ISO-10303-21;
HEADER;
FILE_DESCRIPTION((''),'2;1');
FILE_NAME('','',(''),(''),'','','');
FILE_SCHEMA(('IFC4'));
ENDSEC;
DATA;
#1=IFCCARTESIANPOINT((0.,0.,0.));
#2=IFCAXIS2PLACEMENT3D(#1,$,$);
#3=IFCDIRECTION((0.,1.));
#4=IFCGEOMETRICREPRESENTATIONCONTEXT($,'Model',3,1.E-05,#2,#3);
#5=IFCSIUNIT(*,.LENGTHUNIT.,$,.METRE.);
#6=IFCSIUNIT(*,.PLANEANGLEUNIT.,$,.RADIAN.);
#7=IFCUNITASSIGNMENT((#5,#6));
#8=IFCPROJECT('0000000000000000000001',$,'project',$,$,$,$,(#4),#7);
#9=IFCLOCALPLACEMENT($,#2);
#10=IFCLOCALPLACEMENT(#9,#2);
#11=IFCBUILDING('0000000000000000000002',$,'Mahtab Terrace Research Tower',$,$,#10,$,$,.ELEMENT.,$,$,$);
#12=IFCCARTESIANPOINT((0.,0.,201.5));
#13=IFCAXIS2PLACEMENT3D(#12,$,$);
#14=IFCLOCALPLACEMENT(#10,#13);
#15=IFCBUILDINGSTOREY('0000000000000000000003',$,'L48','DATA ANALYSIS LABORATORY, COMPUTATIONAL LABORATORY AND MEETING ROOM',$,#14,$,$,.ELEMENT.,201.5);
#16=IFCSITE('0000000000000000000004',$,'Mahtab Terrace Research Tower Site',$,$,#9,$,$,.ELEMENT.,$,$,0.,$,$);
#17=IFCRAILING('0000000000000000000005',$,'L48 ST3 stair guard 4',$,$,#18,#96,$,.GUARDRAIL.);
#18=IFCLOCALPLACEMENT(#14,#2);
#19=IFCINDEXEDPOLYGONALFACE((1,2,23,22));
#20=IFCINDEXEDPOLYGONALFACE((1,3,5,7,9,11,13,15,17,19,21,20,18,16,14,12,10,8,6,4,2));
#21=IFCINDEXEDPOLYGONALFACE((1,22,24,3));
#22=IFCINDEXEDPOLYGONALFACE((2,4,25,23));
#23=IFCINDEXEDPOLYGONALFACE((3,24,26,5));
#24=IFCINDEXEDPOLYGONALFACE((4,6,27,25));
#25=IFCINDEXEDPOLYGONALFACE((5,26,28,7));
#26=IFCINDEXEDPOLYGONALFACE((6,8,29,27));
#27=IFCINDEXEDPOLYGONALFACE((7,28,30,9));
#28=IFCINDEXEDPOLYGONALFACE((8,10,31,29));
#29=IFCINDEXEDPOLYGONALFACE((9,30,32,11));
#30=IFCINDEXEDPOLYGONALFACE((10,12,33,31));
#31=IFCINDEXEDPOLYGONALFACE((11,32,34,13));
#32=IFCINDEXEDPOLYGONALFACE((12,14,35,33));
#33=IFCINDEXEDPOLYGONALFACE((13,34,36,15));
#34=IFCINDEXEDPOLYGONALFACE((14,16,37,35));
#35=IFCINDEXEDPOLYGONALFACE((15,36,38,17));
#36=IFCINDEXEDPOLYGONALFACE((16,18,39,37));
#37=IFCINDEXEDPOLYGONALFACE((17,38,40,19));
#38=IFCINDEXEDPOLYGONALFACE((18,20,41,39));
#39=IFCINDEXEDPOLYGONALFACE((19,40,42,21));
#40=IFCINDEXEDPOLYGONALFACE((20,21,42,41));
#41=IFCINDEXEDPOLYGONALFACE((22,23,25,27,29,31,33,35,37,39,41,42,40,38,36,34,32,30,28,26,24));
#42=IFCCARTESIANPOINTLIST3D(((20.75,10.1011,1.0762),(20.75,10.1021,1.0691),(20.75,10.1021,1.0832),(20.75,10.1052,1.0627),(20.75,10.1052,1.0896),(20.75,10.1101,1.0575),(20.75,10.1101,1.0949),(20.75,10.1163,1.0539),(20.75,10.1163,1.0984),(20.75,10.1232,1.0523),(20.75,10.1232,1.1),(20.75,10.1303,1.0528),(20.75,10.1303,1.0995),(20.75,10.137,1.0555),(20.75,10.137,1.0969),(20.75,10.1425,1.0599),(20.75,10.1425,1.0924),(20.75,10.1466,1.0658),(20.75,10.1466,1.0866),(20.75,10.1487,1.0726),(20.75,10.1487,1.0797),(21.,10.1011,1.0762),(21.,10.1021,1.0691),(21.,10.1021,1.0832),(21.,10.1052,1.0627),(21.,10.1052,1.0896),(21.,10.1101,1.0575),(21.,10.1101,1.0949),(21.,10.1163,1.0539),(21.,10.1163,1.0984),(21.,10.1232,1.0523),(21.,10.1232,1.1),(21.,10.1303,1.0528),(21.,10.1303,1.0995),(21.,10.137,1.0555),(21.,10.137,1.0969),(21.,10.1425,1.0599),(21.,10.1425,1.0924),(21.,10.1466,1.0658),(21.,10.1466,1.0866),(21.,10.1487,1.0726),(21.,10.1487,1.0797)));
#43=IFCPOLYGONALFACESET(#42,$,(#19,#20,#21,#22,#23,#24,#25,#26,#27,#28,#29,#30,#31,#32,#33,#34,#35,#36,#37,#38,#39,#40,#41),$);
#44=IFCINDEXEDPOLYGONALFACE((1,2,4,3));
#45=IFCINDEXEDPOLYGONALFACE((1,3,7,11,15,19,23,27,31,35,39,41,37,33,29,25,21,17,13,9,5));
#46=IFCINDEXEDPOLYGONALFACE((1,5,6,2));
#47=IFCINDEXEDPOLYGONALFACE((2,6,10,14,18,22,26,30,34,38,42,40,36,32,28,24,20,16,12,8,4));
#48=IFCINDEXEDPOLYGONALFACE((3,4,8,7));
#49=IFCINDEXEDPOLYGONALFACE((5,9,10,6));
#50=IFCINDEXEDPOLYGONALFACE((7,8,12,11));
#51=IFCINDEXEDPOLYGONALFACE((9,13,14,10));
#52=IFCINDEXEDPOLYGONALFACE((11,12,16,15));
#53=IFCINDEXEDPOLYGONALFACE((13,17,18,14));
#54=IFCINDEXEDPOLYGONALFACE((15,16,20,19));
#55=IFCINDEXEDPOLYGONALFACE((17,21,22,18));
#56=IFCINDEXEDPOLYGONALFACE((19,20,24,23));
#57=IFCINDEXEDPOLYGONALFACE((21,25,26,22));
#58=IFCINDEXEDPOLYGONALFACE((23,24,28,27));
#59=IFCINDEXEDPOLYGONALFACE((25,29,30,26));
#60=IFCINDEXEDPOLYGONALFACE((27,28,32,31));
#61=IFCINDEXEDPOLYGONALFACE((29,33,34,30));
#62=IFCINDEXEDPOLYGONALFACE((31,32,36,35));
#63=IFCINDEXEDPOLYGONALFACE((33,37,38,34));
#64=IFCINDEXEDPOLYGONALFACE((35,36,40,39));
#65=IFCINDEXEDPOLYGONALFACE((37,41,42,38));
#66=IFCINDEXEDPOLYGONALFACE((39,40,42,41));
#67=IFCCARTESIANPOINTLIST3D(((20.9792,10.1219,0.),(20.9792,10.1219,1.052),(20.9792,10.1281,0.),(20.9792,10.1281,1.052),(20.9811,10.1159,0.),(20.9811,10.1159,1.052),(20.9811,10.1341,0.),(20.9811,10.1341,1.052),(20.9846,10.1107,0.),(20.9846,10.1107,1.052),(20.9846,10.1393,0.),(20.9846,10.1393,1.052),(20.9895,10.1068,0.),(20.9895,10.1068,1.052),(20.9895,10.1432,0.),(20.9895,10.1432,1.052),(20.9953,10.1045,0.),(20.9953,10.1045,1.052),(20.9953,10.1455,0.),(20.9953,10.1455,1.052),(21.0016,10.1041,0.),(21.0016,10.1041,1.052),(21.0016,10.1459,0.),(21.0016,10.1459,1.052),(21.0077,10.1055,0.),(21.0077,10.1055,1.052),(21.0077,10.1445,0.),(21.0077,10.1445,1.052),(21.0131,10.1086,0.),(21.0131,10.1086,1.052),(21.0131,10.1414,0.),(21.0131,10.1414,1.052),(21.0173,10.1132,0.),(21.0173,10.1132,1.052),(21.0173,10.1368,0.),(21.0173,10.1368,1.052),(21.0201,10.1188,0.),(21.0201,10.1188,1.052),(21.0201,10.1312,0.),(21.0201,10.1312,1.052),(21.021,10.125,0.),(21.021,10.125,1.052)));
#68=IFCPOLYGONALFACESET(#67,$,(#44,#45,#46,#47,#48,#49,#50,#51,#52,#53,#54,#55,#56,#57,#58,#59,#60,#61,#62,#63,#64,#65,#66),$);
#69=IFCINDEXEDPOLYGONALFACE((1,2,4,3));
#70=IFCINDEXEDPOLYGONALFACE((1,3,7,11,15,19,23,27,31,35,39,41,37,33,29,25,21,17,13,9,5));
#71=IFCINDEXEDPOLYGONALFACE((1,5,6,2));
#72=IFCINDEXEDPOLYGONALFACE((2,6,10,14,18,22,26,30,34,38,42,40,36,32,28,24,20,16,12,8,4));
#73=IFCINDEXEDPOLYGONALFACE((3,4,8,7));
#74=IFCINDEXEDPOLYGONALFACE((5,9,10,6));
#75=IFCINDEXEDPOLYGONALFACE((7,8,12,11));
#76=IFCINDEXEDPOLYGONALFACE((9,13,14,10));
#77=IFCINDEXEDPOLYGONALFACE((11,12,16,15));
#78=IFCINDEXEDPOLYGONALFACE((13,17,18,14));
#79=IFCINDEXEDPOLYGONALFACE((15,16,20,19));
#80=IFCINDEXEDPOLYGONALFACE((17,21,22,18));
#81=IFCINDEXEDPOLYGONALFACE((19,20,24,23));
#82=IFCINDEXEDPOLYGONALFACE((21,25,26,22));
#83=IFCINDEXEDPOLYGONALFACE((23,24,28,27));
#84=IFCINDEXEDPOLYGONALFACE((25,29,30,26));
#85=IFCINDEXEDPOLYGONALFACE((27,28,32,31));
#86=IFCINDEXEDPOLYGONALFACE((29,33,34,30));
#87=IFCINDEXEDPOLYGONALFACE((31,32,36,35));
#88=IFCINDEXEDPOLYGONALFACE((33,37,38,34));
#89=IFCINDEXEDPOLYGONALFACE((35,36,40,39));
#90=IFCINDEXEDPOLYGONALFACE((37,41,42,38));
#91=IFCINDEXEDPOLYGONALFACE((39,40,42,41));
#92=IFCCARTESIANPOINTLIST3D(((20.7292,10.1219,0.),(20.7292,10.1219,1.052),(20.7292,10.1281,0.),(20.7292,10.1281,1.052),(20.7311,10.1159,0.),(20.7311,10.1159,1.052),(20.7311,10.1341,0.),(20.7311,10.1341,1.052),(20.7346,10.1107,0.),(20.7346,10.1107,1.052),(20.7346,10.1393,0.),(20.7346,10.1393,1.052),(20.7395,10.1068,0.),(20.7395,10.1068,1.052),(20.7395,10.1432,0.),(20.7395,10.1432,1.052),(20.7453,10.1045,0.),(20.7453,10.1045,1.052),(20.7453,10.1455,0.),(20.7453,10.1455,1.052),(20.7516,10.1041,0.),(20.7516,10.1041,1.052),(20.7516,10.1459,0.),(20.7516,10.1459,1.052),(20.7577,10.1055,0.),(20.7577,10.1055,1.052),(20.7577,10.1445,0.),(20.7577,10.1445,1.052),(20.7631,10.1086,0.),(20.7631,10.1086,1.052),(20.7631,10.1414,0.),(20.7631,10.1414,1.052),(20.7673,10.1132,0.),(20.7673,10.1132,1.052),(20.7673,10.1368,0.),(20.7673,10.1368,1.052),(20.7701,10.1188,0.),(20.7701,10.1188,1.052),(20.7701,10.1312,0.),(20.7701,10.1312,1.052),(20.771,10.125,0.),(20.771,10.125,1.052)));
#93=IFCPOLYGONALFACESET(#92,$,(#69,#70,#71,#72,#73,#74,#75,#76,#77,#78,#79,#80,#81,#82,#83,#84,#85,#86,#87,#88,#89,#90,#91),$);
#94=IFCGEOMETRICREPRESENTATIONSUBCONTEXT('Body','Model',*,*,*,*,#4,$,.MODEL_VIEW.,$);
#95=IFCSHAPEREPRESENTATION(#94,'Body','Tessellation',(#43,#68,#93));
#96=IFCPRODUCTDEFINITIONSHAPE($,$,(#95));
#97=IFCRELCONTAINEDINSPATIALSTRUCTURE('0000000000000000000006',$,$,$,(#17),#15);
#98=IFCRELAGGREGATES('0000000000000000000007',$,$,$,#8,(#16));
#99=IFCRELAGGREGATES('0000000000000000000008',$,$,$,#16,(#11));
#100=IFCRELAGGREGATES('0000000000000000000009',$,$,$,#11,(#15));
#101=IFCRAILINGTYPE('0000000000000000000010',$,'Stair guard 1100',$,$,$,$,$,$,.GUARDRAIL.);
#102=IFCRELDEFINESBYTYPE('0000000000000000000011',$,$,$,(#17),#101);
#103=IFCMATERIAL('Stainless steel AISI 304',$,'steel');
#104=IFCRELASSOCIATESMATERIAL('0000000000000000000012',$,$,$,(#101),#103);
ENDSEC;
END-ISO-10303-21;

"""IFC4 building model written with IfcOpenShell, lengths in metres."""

from ifc_helpers import new_model, si_unit, direction, frame, origin, origin_2d, place, context, subcontext, project, spatial, circle, extrude, material, type_object, element, save


model = new_model("IFC4")

# Units and contexts
model_context = context("Model", 3, precision=1e-05, world=origin(), true_north=direction((0.0, 1.0)))
body_context = subcontext(model_context, "Body", "Model", "MODEL_VIEW")
ifc_project = project(units=[si_unit("LENGTHUNIT", "METRE"), si_unit("PLANEANGLEUNIT", "RADIAN")], contexts=[model_context])

# Site, building, storey
site_placement = place(None, origin())
site = spatial("IfcSite", under=ifc_project, at=site_placement, Name="Mahtab Terrace Research Tower Site", CompositionType="ELEMENT", RefElevation=0.0)
building_placement = place(site_placement, origin())
building = spatial("IfcBuilding", under=site, at=building_placement, Name="Mahtab Terrace Research Tower", CompositionType="ELEMENT")
storey_placement = place(building_placement, frame((0.0, 0.0, 201.5)))
storey = spatial("IfcBuildingStorey", under=building, at=storey_placement, Name="L48", Description="DATA ANALYSIS LABORATORY, COMPUTATIONAL LABORATORY AND MEETING ROOM", CompositionType="ELEMENT", Elevation=201.5)

# Railing
ifc_material_1 = material(Name="Stainless steel AISI 304", Category="steel")
railing_type_1 = type_object("IfcRailingType", Name="Stair guard 1100", PredefinedType="GUARDRAIL", material=ifc_material_1)
railing_1_placement = place(storey_placement, frame((21.0, 10.125, 0.0)))
element("IfcRailing", 1, at=railing_1_placement, inside=storey, type_object=railing_type_1, Name="L48 ST3 stair guard 4", PredefinedType="GUARDRAIL", context=body_context, shape_type="SweptSolid", body=[
    extrude(circle(Radius=0.0239, at=origin_2d()), frame((0.0, 0.0, 1.0762), z_axis=(-1.0, 0.0, 0.0), x_axis=(0.0, -1.0, 0.0)), (0.0, 0.0, 1.0), 0.25),
    extrude(circle(Radius=0.021, at=origin_2d()), origin(), (0.0, 0.0, 1.0), 1.052),
    extrude(circle(Radius=0.021, at=origin_2d()), frame((-0.25, 0.0, 0.0)), (0.0, 0.0, 1.0), 1.052),
])

save(model, "model.ifc")
